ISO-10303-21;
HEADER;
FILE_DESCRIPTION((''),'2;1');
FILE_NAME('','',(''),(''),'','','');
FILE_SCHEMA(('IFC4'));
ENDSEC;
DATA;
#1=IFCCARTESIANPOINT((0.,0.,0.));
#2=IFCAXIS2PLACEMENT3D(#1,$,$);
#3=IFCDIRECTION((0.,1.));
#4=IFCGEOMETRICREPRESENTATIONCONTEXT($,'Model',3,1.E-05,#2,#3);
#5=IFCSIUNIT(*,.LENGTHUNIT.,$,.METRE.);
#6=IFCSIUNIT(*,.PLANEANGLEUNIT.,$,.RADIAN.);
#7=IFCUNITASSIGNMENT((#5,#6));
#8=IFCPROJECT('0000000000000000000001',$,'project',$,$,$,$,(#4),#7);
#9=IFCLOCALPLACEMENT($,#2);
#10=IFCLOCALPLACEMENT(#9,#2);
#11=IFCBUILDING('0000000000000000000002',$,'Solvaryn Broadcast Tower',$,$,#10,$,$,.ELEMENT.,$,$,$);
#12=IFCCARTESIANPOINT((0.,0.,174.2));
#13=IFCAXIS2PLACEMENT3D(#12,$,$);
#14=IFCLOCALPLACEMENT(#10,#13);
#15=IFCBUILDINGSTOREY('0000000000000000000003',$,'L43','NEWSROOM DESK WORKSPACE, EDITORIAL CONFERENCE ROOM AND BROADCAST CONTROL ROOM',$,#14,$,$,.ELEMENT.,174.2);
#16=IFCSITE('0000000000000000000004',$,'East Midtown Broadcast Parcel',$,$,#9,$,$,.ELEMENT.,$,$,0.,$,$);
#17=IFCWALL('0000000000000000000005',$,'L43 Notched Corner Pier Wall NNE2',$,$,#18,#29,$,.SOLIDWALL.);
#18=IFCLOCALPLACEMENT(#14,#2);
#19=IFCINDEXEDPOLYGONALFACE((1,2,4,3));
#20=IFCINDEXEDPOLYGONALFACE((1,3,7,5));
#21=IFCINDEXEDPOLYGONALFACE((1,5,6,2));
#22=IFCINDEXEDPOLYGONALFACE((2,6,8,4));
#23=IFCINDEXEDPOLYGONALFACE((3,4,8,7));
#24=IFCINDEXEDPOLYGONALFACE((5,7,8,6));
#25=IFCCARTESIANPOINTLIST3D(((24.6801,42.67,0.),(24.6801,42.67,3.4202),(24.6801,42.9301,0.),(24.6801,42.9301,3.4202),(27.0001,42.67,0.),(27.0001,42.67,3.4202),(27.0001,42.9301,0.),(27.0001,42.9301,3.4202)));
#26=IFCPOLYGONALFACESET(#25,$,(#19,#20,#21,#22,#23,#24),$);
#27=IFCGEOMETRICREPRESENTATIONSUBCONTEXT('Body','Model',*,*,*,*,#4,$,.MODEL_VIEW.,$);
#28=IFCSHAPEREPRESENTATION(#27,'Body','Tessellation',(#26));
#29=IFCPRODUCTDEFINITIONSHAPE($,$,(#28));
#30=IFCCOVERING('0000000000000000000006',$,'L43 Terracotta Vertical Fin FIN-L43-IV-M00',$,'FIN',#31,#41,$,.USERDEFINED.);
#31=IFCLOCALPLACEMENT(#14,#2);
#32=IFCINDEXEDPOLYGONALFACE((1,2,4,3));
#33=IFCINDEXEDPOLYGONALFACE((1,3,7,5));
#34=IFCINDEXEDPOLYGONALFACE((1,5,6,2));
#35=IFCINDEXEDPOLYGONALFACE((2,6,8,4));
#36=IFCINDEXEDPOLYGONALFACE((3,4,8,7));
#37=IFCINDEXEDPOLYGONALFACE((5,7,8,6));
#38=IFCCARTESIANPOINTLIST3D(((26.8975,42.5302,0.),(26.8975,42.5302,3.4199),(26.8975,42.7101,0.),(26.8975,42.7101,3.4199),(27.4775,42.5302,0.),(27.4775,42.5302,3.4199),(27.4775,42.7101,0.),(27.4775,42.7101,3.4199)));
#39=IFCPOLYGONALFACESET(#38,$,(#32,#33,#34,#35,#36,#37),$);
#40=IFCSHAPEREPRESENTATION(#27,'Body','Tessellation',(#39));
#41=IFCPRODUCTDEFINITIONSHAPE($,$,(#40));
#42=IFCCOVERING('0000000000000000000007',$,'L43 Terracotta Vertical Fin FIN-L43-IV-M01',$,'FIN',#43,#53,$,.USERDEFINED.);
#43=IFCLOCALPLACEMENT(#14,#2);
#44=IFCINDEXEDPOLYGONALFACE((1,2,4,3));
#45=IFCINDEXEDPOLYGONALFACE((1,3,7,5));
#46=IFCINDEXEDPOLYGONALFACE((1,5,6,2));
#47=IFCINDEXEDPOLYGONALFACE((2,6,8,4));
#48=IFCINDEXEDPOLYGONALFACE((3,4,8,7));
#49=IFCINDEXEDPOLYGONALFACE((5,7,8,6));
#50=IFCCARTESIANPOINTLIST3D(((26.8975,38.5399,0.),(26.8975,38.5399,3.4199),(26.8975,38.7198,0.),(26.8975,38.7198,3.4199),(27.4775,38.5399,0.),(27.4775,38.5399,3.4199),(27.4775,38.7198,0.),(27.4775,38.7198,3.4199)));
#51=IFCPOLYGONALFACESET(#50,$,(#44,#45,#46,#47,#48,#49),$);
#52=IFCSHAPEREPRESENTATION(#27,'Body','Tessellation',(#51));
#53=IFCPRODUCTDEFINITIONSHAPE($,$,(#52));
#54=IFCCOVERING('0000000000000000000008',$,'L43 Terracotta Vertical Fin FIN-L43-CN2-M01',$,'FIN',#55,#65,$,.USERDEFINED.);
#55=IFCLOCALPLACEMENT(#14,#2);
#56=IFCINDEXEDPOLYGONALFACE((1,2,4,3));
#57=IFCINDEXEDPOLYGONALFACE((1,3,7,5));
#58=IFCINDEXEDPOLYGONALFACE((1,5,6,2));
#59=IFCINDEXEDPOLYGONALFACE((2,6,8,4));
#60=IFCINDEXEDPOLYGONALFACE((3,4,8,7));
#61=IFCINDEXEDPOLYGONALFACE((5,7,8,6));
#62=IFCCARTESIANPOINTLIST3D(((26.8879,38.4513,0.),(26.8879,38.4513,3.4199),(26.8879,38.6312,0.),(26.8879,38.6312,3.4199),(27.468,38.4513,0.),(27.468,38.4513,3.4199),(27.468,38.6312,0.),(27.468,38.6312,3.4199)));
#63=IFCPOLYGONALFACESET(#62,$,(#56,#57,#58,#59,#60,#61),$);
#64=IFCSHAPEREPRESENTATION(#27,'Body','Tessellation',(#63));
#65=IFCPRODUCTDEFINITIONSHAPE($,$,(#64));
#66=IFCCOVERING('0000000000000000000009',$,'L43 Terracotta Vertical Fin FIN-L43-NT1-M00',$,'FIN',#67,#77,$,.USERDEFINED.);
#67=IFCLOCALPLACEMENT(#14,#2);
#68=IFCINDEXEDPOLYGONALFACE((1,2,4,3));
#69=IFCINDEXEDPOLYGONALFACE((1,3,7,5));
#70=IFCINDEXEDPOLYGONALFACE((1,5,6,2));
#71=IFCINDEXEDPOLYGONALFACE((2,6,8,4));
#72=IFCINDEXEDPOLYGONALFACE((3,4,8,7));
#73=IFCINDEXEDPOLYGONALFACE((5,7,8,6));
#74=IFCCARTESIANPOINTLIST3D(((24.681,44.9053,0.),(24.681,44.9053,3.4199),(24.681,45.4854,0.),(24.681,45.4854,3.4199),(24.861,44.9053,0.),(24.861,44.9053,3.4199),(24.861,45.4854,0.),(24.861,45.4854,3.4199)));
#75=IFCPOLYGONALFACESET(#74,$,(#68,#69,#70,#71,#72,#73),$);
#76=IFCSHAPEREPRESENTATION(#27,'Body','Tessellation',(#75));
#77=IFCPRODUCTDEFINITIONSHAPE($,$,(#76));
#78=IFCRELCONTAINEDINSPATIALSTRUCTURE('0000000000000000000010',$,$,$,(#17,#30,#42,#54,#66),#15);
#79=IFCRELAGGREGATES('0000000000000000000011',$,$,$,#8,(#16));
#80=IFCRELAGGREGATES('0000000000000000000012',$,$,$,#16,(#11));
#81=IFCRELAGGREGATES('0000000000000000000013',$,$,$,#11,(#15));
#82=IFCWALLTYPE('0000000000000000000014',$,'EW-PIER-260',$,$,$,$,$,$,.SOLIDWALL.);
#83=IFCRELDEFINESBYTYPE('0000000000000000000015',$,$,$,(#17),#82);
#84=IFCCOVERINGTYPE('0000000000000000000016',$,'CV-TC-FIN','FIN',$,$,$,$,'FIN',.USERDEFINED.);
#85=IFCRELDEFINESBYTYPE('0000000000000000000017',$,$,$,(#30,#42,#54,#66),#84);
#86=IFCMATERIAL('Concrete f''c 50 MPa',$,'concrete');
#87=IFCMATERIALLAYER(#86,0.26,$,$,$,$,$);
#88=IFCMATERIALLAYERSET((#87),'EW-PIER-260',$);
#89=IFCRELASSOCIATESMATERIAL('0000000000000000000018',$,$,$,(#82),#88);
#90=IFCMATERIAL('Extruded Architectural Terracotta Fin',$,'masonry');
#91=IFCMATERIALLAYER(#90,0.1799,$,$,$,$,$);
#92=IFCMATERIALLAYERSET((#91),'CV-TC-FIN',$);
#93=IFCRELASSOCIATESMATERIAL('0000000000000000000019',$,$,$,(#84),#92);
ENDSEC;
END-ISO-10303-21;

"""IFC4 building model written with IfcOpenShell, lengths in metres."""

from ifc_helpers import new_model, si_unit, direction, frame, frame_2d, origin, origin_2d, place, context, subcontext, project, spatial, rectangle, extrude, material, layer, layer_set, type_object, element, save


model = new_model("IFC4")

# Units and contexts
model_context = context("Model", 3, precision=1e-05, world=origin(), true_north=direction((0.0, 1.0)))
body_context = subcontext(model_context, "Body", "Model", "MODEL_VIEW")
ifc_project = project(units=[si_unit("LENGTHUNIT", "METRE"), si_unit("PLANEANGLEUNIT", "RADIAN")], contexts=[model_context])

# Site, building, storey
site_placement = place(None, origin())
site = spatial("IfcSite", under=ifc_project, at=site_placement, Name="East Midtown Broadcast Parcel", CompositionType="ELEMENT", RefElevation=0.0)
building_placement = place(site_placement, origin())
building = spatial("IfcBuilding", under=site, at=building_placement, Name="Solvaryn Broadcast Tower", CompositionType="ELEMENT")
storey_placement = place(building_placement, frame((0.0, 0.0, 174.2)))
storey = spatial("IfcBuildingStorey", under=building, at=storey_placement, Name="L43", Description="NEWSROOM DESK WORKSPACE, EDITORIAL CONFERENCE ROOM AND BROADCAST CONTROL ROOM", CompositionType="ELEMENT", Elevation=174.2)

# Wall
ifc_material_1 = material(Name="Concrete f'c 50 MPa", Category="concrete")
ifc_layer_1 = layer(ifc_material_1, 0.26)
ifc_layer_set_1 = layer_set([ifc_layer_1], Name="EW-PIER-260")
wall_type_1 = type_object("IfcWallType", Name="EW-PIER-260", PredefinedType="SOLIDWALL", material=ifc_layer_set_1)
wall_1_placement = place(storey_placement, frame((24.6799, 42.8, 0.0), z_axis=(0.0, 0.0, 1.0), x_axis=(1.0, 0.0, 0.0)))
element("IfcWall", 1, at=wall_1_placement, inside=storey, type_object=wall_type_1, Name="L43 Notched Corner Pier Wall NNE2", PredefinedType="SOLIDWALL", context=body_context, shape_type="SweptSolid", body=[
    extrude(rectangle(XDim=2.3201, YDim=0.26, at=frame_2d((1.1602, 0.0))), origin(), (0.0, 0.0, 1.0), 3.4202),
])

# Coverings
ifc_material_2 = material(Name="Extruded Architectural Terracotta Fin", Category="masonry")
ifc_layer_2 = layer(ifc_material_2, 0.1799)
ifc_layer_set_2 = layer_set([ifc_layer_2], Name="CV-TC-FIN")
covering_type = type_object("IfcCoveringType", Name="CV-TC-FIN", Description="FIN", ElementType="FIN", PredefinedType="USERDEFINED", material=ifc_layer_set_2)
for number, where, z_axis, x_axis, name in (
    (2, (27.1875, 42.6201, 0.0), (0.0, 0.0, 1.0), (1.0, 0.0, 0.0), "L43 Terracotta Vertical Fin FIN-L43-IV-M00"),
    (3, (27.1875, 38.6299, 0.0), (0.0, 0.0, 1.0), (1.0, 0.0, 0.0), "L43 Terracotta Vertical Fin FIN-L43-IV-M01"),
    (4, (27.178, 38.5413, 0.0), (0.0, 0.0, 1.0), (1.0, 0.0, 0.0), "L43 Terracotta Vertical Fin FIN-L43-CN2-M01"),
):
    element("IfcCovering", number, at=place(storey_placement, frame(where, z_axis=z_axis, x_axis=x_axis)), inside=storey, type_object=covering_type, Name=name, ObjectType="FIN", PredefinedType="USERDEFINED", context=body_context, shape_type="SweptSolid", body=[
        extrude(rectangle(XDim=0.5801, YDim=0.1799, at=origin_2d()), origin(), (0.0, 0.0, 1.0), 3.4199),
    ])
covering_placement = place(storey_placement, frame((24.771, 45.1953, 0.0), z_axis=(0.0, 0.0, 1.0), x_axis=(1.0, 0.0, 0.0)))
element("IfcCovering", 5, at=covering_placement, inside=storey, type_object=covering_type, Name="L43 Terracotta Vertical Fin FIN-L43-NT1-M00", ObjectType="FIN", PredefinedType="USERDEFINED", context=body_context, shape_type="SweptSolid", body=[
    extrude(rectangle(XDim=0.1799, YDim=0.5801, at=origin_2d()), origin(), (0.0, 0.0, 1.0), 3.4199),
])

save(model, "model.ifc")
